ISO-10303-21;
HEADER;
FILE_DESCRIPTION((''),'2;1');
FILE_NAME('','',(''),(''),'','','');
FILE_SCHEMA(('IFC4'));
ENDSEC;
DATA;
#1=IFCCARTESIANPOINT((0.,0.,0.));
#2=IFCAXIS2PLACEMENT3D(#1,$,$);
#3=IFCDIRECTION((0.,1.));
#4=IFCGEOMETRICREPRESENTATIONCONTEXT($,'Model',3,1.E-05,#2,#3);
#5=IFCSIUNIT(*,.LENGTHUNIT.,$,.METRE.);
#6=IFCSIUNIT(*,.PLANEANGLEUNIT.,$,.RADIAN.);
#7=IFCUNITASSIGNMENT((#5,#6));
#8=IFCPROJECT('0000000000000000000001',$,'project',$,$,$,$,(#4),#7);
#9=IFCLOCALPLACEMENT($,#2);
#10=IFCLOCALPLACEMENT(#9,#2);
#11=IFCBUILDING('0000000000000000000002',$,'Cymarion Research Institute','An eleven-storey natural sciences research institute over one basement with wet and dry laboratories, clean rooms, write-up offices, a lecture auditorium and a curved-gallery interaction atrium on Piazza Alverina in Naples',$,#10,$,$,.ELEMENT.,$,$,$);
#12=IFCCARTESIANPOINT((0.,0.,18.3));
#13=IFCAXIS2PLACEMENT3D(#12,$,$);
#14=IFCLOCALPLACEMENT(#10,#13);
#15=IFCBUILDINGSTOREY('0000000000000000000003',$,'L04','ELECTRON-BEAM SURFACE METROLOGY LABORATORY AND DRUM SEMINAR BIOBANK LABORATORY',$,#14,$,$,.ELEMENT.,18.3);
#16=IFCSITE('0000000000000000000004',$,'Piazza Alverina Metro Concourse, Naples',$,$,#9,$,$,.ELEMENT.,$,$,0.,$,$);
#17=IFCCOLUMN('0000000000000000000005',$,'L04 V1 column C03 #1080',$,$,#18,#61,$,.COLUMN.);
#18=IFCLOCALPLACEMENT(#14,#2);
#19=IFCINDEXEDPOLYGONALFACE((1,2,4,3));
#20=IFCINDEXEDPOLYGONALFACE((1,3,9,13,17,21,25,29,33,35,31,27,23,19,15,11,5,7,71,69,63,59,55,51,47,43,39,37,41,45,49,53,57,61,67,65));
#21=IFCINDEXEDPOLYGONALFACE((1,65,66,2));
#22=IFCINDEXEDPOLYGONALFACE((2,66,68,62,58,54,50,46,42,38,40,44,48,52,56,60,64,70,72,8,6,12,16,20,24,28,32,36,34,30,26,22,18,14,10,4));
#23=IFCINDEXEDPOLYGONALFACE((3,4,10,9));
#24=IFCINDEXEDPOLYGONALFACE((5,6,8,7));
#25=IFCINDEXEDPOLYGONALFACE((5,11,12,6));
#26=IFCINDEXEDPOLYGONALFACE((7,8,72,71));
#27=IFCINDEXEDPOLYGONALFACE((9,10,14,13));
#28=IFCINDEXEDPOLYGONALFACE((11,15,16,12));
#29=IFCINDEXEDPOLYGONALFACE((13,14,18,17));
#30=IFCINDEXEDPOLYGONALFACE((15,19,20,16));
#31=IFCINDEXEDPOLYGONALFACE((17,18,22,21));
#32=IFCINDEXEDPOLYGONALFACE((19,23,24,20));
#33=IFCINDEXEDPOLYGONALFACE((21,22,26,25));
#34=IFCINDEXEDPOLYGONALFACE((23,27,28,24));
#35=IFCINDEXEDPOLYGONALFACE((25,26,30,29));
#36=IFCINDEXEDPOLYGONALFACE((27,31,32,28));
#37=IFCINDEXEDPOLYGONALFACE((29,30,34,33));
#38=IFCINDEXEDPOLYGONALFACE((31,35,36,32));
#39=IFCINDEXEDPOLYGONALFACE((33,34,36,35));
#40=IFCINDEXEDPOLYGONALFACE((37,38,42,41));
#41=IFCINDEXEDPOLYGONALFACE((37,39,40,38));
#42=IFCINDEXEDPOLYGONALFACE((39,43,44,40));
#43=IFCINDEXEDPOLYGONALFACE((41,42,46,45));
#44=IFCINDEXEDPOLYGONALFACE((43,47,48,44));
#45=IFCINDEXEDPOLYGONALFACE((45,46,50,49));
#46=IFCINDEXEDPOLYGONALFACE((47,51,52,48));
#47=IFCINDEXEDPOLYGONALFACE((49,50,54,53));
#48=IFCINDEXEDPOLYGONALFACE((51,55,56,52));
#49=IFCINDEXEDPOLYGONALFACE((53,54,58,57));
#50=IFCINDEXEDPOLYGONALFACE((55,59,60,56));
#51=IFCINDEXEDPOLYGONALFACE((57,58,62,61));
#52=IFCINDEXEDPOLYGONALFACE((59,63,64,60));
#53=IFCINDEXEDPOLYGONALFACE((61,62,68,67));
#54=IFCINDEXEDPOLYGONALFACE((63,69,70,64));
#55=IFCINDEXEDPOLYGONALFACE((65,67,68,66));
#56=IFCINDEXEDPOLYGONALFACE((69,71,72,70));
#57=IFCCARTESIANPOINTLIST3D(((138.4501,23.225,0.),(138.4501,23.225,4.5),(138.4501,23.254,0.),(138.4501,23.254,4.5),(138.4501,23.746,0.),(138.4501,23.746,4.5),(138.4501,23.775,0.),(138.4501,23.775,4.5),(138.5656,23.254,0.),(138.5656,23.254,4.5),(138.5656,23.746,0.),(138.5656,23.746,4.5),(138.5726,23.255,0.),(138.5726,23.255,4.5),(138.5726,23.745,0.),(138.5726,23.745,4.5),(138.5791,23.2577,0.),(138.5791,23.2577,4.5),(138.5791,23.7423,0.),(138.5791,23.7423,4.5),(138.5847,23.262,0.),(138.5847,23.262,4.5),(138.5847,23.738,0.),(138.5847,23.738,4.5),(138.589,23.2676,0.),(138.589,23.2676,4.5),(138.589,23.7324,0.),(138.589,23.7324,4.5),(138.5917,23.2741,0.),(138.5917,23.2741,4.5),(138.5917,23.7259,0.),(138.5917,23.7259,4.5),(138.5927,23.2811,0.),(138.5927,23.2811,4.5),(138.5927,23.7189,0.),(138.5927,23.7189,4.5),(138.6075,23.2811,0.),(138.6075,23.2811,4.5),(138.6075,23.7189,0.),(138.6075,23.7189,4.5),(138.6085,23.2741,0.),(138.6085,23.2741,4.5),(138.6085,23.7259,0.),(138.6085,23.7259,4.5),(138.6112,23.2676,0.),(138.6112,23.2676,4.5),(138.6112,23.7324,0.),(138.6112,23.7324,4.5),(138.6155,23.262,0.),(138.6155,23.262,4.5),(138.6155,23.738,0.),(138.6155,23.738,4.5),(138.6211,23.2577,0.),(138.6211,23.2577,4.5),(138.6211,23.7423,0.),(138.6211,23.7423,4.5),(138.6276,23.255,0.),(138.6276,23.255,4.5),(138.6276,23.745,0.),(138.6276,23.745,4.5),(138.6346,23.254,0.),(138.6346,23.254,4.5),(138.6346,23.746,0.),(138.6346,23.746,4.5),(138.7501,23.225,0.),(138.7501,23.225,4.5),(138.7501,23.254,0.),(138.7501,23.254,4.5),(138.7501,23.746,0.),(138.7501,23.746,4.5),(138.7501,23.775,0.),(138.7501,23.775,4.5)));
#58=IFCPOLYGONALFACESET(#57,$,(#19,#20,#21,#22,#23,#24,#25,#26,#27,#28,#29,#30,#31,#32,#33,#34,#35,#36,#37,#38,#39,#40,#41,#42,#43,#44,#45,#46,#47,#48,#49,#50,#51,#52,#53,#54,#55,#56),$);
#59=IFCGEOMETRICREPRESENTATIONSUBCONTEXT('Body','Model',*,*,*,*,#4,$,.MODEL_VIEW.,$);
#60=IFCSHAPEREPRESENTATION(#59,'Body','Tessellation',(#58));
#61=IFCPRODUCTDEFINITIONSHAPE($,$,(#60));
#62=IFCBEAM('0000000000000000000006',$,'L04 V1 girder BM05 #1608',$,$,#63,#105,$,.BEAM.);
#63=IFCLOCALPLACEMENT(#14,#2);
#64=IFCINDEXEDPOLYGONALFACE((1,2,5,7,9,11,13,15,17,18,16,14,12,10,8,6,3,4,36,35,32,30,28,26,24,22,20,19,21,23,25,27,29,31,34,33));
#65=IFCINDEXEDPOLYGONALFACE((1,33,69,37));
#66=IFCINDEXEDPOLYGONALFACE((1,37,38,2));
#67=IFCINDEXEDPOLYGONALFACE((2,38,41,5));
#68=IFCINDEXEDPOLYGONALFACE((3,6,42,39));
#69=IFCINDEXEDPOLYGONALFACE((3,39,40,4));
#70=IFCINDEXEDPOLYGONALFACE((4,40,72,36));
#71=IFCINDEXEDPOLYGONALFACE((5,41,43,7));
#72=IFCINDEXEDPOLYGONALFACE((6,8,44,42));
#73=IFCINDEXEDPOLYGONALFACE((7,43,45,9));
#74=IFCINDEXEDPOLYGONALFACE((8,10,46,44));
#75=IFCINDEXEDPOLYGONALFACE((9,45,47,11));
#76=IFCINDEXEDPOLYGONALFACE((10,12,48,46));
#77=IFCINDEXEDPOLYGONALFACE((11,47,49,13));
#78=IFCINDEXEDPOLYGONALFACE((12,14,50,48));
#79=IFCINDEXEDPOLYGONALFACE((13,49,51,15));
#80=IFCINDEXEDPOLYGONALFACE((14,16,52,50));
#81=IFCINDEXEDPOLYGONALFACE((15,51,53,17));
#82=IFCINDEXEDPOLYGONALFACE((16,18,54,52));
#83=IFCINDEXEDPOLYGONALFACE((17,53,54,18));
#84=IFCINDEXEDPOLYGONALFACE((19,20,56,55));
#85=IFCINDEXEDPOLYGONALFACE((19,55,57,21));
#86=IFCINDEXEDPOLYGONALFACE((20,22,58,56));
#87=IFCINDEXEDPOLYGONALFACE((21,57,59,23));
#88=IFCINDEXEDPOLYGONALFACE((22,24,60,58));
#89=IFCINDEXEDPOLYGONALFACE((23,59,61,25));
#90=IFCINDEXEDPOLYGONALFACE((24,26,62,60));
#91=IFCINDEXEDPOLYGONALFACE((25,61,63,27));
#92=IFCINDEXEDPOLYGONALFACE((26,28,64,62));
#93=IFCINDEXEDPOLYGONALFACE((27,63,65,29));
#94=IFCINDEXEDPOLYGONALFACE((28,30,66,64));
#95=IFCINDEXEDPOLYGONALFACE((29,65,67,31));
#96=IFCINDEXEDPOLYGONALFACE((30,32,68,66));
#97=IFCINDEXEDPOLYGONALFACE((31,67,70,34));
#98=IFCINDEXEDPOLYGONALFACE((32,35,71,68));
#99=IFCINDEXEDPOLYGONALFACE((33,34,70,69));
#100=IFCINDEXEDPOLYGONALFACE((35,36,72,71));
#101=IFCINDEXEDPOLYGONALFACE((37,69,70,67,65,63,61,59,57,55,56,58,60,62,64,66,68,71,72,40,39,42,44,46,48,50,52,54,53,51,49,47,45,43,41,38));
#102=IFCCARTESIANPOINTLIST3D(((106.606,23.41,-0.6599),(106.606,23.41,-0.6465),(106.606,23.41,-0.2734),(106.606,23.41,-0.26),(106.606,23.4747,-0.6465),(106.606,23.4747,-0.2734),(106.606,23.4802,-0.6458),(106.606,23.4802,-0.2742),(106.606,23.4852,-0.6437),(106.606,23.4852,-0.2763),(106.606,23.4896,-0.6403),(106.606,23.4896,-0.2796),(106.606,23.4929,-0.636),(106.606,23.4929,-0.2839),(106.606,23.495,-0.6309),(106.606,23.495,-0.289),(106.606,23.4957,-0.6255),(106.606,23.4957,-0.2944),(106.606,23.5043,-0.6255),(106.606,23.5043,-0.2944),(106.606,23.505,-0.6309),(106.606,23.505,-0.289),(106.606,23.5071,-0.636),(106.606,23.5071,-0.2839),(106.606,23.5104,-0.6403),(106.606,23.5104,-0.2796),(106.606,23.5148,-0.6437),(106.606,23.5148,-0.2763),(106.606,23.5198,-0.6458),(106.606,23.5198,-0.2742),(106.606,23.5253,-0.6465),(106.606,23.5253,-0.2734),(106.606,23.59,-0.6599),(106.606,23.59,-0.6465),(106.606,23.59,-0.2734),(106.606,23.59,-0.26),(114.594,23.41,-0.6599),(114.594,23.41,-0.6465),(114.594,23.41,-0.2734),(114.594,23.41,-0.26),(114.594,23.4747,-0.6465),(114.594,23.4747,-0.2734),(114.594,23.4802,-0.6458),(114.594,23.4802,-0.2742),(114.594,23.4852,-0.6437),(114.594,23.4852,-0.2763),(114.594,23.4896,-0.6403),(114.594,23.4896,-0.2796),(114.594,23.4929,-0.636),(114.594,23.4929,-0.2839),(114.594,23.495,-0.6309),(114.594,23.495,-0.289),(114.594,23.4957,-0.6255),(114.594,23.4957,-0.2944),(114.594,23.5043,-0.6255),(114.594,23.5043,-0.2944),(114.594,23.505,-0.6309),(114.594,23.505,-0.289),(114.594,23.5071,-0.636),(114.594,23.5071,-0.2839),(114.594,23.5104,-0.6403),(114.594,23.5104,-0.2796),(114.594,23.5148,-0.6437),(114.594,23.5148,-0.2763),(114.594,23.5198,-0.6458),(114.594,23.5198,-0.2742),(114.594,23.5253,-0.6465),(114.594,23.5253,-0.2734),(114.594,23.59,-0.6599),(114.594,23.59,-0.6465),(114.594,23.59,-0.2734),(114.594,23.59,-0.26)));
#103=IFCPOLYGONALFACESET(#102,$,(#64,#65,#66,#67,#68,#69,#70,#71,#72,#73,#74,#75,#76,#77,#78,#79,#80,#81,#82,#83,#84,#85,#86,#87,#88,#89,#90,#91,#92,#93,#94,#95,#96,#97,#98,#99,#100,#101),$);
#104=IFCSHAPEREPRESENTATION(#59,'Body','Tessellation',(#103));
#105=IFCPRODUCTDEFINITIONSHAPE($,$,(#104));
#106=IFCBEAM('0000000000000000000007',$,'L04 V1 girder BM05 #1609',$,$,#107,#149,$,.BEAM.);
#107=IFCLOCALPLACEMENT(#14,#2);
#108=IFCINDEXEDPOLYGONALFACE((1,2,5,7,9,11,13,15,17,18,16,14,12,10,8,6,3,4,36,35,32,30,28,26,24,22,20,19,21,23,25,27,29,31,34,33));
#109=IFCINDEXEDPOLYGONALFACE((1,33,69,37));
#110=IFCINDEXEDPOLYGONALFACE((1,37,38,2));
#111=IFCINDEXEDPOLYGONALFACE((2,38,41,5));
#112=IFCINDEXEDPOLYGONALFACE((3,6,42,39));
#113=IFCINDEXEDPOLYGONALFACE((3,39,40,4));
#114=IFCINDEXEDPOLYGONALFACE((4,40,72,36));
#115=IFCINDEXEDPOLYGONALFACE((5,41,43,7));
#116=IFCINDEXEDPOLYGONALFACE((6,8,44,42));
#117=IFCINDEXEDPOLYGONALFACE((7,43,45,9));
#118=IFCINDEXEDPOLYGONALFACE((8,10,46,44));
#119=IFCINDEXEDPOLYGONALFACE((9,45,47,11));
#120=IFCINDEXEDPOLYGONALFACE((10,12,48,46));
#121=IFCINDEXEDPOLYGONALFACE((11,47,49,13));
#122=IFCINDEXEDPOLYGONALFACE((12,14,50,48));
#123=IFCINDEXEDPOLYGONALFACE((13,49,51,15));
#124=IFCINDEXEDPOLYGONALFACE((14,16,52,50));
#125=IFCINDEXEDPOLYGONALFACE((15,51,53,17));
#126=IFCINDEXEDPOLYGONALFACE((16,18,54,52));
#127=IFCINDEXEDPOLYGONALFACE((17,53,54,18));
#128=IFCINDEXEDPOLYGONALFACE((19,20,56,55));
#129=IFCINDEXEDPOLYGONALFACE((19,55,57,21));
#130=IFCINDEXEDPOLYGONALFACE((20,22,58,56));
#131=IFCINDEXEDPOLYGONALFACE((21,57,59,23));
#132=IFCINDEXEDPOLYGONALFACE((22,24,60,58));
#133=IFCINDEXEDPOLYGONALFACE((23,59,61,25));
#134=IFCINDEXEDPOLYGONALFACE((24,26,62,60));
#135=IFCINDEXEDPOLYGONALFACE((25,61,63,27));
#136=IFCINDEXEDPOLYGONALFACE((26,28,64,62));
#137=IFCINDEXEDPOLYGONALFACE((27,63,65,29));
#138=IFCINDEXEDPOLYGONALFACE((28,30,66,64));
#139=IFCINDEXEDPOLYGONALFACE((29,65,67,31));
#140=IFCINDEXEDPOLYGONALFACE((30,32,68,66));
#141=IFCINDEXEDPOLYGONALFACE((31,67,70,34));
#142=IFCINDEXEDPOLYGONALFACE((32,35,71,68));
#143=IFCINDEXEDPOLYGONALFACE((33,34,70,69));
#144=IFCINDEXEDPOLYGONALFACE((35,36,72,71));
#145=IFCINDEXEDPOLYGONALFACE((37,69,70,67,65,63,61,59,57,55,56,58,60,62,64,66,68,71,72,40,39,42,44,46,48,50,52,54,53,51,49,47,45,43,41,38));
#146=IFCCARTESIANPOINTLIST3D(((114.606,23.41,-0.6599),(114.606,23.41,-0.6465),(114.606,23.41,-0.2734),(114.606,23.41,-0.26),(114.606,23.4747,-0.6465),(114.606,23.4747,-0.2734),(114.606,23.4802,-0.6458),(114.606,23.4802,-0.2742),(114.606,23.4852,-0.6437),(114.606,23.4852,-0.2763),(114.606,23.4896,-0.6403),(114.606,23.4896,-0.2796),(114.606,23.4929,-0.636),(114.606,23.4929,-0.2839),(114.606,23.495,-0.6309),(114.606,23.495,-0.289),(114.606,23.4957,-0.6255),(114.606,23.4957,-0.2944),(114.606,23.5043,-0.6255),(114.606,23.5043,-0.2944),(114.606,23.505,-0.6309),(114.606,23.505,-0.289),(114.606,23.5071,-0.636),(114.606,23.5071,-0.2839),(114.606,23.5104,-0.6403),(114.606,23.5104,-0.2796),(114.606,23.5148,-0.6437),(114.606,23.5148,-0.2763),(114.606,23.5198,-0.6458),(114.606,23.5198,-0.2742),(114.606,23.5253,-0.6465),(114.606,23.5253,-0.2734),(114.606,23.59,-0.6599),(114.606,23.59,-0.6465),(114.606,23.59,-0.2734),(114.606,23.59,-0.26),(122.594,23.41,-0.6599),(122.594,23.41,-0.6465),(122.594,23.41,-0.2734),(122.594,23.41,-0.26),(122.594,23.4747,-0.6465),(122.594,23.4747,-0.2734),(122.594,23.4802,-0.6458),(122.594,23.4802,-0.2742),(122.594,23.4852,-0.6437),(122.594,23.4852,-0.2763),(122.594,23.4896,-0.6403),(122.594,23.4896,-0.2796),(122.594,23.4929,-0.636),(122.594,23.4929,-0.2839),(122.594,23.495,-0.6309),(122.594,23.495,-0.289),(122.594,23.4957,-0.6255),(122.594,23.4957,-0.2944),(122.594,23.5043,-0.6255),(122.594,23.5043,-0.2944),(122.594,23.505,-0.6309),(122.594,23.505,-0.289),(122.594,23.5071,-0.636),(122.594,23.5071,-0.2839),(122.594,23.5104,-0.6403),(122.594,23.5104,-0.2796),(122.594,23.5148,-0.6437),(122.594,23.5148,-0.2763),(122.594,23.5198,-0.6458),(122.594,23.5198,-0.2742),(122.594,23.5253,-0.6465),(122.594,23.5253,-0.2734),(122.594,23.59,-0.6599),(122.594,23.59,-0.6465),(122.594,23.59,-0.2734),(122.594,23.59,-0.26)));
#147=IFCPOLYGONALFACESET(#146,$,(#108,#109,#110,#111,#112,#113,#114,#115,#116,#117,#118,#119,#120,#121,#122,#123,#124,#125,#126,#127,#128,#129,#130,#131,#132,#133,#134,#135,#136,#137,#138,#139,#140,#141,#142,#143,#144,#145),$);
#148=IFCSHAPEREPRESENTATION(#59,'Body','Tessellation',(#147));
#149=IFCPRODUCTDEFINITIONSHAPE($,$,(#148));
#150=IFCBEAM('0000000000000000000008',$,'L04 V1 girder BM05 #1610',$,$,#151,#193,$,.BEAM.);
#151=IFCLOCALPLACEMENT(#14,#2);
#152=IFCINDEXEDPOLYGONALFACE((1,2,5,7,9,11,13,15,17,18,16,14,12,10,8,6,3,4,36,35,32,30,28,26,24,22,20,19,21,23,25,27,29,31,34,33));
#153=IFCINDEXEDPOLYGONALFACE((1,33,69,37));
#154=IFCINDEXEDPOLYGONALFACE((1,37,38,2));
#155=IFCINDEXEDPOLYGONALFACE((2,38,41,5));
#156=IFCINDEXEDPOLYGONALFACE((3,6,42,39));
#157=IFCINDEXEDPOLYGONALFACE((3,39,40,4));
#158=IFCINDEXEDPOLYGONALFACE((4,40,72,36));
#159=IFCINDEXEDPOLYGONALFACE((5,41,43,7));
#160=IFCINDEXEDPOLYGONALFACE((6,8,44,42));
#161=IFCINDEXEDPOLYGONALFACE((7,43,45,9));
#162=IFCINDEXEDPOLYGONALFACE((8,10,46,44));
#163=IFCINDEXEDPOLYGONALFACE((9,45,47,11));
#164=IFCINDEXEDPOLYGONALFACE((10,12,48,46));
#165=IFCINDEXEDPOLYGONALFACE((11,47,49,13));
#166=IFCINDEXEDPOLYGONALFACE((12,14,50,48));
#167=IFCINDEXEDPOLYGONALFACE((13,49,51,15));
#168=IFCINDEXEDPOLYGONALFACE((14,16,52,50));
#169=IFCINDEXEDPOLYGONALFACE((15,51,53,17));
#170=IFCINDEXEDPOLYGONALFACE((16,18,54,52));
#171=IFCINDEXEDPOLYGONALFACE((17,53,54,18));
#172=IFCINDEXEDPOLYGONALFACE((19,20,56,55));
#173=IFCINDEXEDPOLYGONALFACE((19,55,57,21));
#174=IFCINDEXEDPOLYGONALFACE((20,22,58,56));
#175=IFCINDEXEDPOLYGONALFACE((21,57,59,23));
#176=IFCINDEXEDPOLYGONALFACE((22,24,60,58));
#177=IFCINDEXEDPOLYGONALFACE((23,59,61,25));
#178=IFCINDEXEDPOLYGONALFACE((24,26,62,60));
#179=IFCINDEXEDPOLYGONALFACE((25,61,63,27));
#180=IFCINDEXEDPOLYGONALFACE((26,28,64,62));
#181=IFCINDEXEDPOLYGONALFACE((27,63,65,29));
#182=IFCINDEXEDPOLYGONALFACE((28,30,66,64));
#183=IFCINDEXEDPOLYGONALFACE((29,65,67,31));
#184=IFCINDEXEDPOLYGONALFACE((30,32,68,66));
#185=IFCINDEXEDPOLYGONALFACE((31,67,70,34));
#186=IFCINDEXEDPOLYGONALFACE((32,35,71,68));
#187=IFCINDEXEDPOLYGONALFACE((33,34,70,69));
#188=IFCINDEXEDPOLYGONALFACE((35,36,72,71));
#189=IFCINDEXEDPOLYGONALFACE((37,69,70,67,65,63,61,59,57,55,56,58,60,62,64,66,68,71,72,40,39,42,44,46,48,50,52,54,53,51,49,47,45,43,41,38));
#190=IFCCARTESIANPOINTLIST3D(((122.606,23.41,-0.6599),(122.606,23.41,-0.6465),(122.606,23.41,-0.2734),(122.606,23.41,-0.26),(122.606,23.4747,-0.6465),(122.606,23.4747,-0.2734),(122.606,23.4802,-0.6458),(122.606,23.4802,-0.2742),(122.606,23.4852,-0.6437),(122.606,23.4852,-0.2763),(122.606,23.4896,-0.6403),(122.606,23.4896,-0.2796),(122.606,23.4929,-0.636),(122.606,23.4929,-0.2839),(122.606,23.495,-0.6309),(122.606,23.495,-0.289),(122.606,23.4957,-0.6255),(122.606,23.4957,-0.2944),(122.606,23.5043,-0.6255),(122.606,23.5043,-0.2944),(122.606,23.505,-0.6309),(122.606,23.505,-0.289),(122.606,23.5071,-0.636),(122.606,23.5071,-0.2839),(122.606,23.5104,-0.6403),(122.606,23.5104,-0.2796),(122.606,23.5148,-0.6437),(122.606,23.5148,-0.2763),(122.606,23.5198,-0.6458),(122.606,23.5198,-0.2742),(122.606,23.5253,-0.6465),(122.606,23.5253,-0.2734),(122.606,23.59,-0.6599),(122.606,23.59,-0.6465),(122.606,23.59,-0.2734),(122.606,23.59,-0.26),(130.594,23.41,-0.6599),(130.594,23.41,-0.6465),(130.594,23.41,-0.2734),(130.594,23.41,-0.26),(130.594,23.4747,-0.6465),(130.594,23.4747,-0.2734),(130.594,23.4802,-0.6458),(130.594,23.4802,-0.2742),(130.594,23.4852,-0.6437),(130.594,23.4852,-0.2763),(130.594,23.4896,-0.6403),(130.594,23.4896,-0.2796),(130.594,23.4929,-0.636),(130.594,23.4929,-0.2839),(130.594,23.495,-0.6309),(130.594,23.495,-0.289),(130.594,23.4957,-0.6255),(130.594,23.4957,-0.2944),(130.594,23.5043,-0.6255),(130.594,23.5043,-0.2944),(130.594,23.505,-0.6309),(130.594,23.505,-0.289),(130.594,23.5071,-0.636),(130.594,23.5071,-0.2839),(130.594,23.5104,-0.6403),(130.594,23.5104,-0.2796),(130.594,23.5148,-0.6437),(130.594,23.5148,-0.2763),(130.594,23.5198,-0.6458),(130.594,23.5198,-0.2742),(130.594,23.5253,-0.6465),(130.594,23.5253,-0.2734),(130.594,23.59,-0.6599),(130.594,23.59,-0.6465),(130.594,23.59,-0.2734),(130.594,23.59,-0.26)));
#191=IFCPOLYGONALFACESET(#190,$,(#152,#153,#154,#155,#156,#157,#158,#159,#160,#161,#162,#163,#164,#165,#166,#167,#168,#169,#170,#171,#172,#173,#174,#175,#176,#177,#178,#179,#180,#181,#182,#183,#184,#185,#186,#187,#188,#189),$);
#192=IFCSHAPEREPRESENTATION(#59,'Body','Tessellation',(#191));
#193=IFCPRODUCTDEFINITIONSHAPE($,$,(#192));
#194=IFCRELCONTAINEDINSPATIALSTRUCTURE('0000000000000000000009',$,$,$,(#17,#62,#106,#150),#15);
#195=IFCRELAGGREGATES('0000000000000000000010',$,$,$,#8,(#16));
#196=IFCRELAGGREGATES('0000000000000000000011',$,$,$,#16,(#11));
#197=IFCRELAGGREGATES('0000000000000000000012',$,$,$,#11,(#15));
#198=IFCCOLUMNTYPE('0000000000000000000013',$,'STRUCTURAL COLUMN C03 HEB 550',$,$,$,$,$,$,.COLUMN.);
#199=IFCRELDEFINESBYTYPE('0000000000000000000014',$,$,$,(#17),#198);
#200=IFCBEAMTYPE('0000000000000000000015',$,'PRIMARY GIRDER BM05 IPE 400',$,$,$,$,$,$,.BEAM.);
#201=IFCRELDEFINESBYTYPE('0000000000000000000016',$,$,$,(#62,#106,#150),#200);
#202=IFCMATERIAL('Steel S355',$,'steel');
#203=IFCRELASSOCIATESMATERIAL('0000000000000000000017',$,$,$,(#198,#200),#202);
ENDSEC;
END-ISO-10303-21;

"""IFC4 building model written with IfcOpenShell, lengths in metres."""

from ifc_helpers import new_model, si_unit, direction, frame, origin, origin_2d, place, context, subcontext, project, spatial, i_section, extrude, material, material_profile, profile_set, type_object, element, save


model = new_model("IFC4")

# Units and contexts
model_context = context("Model", 3, precision=1e-05, world=origin(), true_north=direction((0.0, 1.0)))
body_context = subcontext(model_context, "Body", "Model", "MODEL_VIEW")
ifc_project = project(units=[si_unit("LENGTHUNIT", "METRE"), si_unit("PLANEANGLEUNIT", "RADIAN")], contexts=[model_context])

# Site, building, storey
site_placement = place(None, origin())
site = spatial("IfcSite", under=ifc_project, at=site_placement, Name="Piazza Alverina Metro Concourse, Naples", CompositionType="ELEMENT", RefElevation=0.0)
building_placement = place(site_placement, origin())
building = spatial("IfcBuilding", under=site, at=building_placement, Name="Cymarion Research Institute", Description="An eleven-storey natural sciences research institute over one basement with wet and dry laboratories, clean rooms, write-up offices, a lecture auditorium and a curved-gallery interaction atrium on Piazza Alverina in Naples", CompositionType="ELEMENT")
storey_placement = place(building_placement, frame((0.0, 0.0, 18.3)))
storey = spatial("IfcBuildingStorey", under=building, at=storey_placement, Name="L04", Description="ELECTRON-BEAM SURFACE METROLOGY LABORATORY AND DRUM SEMINAR BIOBANK LABORATORY", CompositionType="ELEMENT", Elevation=18.3)

# Column
ifc_material_1 = material(Name="Steel S355", Category="steel")
ifc_material_profile_1 = material_profile(ifc_material_1, i_section(OverallWidth=0.3, OverallDepth=0.55, WebThickness=0.0149, FlangeThickness=0.0291, FilletRadius=0.0271, at=origin_2d()), Name="HEB 550")
ifc_profile_set_1 = profile_set([ifc_material_profile_1], Name="Steel S355")
column_type = type_object("IfcColumnType", Name="STRUCTURAL COLUMN C03 HEB 550", PredefinedType="COLUMN", material=ifc_profile_set_1)
column_placement = place(storey_placement, frame((138.6001, 23.5, 0.0), z_axis=(0.0, 0.0, 1.0), x_axis=(1.0, 0.0, 0.0)))
element("IfcColumn", 1, at=column_placement, inside=storey, type_object=column_type, Name="L04 V1 column C03 #1080", PredefinedType="COLUMN", context=body_context, shape_type="SweptSolid", body=[
    extrude(i_section(OverallWidth=0.3, OverallDepth=0.55, WebThickness=0.0149, FlangeThickness=0.0291, FilletRadius=0.0271, at=origin_2d()), origin(), (0.0, 0.0, 1.0), 4.5),
])

# Beams
ifc_material_profile_2 = material_profile(ifc_material_1, i_section(OverallWidth=0.1799, OverallDepth=0.3999, WebThickness=0.0085, FlangeThickness=0.0134, FilletRadius=0.021, at=origin_2d()), Name="IPE 400")
ifc_profile_set_2 = profile_set([ifc_material_profile_2], Name="Steel S355")
beam_type_1 = type_object("IfcBeamType", Name="PRIMARY GIRDER BM05 IPE 400", PredefinedType="BEAM", material=ifc_profile_set_2)
for number, where, z_axis, x_axis, name in (
    (2, (106.606, 23.5, -0.46), (1.0, 0.0, 0.0), (0.0, 1.0, 0.0), "L04 V1 girder BM05 #1608"),
    (3, (114.606, 23.5, -0.46), (1.0, 0.0, 0.0), (0.0, 1.0, 0.0), "L04 V1 girder BM05 #1609"),
    (4, (122.606, 23.5, -0.46), (1.0, 0.0, 0.0), (0.0, 1.0, 0.0), "L04 V1 girder BM05 #1610"),
):
    element("IfcBeam", number, at=place(storey_placement, frame(where, z_axis=z_axis, x_axis=x_axis)), inside=storey, type_object=beam_type_1, Name=name, PredefinedType="BEAM", context=body_context, shape_type="SweptSolid", body=[
        extrude(i_section(OverallWidth=0.1799, OverallDepth=0.3999, WebThickness=0.0085, FlangeThickness=0.0134, FilletRadius=0.021, at=origin_2d()), origin(), (0.0, 0.0, 1.0), 7.988),
    ])

save(model, "model.ifc")
